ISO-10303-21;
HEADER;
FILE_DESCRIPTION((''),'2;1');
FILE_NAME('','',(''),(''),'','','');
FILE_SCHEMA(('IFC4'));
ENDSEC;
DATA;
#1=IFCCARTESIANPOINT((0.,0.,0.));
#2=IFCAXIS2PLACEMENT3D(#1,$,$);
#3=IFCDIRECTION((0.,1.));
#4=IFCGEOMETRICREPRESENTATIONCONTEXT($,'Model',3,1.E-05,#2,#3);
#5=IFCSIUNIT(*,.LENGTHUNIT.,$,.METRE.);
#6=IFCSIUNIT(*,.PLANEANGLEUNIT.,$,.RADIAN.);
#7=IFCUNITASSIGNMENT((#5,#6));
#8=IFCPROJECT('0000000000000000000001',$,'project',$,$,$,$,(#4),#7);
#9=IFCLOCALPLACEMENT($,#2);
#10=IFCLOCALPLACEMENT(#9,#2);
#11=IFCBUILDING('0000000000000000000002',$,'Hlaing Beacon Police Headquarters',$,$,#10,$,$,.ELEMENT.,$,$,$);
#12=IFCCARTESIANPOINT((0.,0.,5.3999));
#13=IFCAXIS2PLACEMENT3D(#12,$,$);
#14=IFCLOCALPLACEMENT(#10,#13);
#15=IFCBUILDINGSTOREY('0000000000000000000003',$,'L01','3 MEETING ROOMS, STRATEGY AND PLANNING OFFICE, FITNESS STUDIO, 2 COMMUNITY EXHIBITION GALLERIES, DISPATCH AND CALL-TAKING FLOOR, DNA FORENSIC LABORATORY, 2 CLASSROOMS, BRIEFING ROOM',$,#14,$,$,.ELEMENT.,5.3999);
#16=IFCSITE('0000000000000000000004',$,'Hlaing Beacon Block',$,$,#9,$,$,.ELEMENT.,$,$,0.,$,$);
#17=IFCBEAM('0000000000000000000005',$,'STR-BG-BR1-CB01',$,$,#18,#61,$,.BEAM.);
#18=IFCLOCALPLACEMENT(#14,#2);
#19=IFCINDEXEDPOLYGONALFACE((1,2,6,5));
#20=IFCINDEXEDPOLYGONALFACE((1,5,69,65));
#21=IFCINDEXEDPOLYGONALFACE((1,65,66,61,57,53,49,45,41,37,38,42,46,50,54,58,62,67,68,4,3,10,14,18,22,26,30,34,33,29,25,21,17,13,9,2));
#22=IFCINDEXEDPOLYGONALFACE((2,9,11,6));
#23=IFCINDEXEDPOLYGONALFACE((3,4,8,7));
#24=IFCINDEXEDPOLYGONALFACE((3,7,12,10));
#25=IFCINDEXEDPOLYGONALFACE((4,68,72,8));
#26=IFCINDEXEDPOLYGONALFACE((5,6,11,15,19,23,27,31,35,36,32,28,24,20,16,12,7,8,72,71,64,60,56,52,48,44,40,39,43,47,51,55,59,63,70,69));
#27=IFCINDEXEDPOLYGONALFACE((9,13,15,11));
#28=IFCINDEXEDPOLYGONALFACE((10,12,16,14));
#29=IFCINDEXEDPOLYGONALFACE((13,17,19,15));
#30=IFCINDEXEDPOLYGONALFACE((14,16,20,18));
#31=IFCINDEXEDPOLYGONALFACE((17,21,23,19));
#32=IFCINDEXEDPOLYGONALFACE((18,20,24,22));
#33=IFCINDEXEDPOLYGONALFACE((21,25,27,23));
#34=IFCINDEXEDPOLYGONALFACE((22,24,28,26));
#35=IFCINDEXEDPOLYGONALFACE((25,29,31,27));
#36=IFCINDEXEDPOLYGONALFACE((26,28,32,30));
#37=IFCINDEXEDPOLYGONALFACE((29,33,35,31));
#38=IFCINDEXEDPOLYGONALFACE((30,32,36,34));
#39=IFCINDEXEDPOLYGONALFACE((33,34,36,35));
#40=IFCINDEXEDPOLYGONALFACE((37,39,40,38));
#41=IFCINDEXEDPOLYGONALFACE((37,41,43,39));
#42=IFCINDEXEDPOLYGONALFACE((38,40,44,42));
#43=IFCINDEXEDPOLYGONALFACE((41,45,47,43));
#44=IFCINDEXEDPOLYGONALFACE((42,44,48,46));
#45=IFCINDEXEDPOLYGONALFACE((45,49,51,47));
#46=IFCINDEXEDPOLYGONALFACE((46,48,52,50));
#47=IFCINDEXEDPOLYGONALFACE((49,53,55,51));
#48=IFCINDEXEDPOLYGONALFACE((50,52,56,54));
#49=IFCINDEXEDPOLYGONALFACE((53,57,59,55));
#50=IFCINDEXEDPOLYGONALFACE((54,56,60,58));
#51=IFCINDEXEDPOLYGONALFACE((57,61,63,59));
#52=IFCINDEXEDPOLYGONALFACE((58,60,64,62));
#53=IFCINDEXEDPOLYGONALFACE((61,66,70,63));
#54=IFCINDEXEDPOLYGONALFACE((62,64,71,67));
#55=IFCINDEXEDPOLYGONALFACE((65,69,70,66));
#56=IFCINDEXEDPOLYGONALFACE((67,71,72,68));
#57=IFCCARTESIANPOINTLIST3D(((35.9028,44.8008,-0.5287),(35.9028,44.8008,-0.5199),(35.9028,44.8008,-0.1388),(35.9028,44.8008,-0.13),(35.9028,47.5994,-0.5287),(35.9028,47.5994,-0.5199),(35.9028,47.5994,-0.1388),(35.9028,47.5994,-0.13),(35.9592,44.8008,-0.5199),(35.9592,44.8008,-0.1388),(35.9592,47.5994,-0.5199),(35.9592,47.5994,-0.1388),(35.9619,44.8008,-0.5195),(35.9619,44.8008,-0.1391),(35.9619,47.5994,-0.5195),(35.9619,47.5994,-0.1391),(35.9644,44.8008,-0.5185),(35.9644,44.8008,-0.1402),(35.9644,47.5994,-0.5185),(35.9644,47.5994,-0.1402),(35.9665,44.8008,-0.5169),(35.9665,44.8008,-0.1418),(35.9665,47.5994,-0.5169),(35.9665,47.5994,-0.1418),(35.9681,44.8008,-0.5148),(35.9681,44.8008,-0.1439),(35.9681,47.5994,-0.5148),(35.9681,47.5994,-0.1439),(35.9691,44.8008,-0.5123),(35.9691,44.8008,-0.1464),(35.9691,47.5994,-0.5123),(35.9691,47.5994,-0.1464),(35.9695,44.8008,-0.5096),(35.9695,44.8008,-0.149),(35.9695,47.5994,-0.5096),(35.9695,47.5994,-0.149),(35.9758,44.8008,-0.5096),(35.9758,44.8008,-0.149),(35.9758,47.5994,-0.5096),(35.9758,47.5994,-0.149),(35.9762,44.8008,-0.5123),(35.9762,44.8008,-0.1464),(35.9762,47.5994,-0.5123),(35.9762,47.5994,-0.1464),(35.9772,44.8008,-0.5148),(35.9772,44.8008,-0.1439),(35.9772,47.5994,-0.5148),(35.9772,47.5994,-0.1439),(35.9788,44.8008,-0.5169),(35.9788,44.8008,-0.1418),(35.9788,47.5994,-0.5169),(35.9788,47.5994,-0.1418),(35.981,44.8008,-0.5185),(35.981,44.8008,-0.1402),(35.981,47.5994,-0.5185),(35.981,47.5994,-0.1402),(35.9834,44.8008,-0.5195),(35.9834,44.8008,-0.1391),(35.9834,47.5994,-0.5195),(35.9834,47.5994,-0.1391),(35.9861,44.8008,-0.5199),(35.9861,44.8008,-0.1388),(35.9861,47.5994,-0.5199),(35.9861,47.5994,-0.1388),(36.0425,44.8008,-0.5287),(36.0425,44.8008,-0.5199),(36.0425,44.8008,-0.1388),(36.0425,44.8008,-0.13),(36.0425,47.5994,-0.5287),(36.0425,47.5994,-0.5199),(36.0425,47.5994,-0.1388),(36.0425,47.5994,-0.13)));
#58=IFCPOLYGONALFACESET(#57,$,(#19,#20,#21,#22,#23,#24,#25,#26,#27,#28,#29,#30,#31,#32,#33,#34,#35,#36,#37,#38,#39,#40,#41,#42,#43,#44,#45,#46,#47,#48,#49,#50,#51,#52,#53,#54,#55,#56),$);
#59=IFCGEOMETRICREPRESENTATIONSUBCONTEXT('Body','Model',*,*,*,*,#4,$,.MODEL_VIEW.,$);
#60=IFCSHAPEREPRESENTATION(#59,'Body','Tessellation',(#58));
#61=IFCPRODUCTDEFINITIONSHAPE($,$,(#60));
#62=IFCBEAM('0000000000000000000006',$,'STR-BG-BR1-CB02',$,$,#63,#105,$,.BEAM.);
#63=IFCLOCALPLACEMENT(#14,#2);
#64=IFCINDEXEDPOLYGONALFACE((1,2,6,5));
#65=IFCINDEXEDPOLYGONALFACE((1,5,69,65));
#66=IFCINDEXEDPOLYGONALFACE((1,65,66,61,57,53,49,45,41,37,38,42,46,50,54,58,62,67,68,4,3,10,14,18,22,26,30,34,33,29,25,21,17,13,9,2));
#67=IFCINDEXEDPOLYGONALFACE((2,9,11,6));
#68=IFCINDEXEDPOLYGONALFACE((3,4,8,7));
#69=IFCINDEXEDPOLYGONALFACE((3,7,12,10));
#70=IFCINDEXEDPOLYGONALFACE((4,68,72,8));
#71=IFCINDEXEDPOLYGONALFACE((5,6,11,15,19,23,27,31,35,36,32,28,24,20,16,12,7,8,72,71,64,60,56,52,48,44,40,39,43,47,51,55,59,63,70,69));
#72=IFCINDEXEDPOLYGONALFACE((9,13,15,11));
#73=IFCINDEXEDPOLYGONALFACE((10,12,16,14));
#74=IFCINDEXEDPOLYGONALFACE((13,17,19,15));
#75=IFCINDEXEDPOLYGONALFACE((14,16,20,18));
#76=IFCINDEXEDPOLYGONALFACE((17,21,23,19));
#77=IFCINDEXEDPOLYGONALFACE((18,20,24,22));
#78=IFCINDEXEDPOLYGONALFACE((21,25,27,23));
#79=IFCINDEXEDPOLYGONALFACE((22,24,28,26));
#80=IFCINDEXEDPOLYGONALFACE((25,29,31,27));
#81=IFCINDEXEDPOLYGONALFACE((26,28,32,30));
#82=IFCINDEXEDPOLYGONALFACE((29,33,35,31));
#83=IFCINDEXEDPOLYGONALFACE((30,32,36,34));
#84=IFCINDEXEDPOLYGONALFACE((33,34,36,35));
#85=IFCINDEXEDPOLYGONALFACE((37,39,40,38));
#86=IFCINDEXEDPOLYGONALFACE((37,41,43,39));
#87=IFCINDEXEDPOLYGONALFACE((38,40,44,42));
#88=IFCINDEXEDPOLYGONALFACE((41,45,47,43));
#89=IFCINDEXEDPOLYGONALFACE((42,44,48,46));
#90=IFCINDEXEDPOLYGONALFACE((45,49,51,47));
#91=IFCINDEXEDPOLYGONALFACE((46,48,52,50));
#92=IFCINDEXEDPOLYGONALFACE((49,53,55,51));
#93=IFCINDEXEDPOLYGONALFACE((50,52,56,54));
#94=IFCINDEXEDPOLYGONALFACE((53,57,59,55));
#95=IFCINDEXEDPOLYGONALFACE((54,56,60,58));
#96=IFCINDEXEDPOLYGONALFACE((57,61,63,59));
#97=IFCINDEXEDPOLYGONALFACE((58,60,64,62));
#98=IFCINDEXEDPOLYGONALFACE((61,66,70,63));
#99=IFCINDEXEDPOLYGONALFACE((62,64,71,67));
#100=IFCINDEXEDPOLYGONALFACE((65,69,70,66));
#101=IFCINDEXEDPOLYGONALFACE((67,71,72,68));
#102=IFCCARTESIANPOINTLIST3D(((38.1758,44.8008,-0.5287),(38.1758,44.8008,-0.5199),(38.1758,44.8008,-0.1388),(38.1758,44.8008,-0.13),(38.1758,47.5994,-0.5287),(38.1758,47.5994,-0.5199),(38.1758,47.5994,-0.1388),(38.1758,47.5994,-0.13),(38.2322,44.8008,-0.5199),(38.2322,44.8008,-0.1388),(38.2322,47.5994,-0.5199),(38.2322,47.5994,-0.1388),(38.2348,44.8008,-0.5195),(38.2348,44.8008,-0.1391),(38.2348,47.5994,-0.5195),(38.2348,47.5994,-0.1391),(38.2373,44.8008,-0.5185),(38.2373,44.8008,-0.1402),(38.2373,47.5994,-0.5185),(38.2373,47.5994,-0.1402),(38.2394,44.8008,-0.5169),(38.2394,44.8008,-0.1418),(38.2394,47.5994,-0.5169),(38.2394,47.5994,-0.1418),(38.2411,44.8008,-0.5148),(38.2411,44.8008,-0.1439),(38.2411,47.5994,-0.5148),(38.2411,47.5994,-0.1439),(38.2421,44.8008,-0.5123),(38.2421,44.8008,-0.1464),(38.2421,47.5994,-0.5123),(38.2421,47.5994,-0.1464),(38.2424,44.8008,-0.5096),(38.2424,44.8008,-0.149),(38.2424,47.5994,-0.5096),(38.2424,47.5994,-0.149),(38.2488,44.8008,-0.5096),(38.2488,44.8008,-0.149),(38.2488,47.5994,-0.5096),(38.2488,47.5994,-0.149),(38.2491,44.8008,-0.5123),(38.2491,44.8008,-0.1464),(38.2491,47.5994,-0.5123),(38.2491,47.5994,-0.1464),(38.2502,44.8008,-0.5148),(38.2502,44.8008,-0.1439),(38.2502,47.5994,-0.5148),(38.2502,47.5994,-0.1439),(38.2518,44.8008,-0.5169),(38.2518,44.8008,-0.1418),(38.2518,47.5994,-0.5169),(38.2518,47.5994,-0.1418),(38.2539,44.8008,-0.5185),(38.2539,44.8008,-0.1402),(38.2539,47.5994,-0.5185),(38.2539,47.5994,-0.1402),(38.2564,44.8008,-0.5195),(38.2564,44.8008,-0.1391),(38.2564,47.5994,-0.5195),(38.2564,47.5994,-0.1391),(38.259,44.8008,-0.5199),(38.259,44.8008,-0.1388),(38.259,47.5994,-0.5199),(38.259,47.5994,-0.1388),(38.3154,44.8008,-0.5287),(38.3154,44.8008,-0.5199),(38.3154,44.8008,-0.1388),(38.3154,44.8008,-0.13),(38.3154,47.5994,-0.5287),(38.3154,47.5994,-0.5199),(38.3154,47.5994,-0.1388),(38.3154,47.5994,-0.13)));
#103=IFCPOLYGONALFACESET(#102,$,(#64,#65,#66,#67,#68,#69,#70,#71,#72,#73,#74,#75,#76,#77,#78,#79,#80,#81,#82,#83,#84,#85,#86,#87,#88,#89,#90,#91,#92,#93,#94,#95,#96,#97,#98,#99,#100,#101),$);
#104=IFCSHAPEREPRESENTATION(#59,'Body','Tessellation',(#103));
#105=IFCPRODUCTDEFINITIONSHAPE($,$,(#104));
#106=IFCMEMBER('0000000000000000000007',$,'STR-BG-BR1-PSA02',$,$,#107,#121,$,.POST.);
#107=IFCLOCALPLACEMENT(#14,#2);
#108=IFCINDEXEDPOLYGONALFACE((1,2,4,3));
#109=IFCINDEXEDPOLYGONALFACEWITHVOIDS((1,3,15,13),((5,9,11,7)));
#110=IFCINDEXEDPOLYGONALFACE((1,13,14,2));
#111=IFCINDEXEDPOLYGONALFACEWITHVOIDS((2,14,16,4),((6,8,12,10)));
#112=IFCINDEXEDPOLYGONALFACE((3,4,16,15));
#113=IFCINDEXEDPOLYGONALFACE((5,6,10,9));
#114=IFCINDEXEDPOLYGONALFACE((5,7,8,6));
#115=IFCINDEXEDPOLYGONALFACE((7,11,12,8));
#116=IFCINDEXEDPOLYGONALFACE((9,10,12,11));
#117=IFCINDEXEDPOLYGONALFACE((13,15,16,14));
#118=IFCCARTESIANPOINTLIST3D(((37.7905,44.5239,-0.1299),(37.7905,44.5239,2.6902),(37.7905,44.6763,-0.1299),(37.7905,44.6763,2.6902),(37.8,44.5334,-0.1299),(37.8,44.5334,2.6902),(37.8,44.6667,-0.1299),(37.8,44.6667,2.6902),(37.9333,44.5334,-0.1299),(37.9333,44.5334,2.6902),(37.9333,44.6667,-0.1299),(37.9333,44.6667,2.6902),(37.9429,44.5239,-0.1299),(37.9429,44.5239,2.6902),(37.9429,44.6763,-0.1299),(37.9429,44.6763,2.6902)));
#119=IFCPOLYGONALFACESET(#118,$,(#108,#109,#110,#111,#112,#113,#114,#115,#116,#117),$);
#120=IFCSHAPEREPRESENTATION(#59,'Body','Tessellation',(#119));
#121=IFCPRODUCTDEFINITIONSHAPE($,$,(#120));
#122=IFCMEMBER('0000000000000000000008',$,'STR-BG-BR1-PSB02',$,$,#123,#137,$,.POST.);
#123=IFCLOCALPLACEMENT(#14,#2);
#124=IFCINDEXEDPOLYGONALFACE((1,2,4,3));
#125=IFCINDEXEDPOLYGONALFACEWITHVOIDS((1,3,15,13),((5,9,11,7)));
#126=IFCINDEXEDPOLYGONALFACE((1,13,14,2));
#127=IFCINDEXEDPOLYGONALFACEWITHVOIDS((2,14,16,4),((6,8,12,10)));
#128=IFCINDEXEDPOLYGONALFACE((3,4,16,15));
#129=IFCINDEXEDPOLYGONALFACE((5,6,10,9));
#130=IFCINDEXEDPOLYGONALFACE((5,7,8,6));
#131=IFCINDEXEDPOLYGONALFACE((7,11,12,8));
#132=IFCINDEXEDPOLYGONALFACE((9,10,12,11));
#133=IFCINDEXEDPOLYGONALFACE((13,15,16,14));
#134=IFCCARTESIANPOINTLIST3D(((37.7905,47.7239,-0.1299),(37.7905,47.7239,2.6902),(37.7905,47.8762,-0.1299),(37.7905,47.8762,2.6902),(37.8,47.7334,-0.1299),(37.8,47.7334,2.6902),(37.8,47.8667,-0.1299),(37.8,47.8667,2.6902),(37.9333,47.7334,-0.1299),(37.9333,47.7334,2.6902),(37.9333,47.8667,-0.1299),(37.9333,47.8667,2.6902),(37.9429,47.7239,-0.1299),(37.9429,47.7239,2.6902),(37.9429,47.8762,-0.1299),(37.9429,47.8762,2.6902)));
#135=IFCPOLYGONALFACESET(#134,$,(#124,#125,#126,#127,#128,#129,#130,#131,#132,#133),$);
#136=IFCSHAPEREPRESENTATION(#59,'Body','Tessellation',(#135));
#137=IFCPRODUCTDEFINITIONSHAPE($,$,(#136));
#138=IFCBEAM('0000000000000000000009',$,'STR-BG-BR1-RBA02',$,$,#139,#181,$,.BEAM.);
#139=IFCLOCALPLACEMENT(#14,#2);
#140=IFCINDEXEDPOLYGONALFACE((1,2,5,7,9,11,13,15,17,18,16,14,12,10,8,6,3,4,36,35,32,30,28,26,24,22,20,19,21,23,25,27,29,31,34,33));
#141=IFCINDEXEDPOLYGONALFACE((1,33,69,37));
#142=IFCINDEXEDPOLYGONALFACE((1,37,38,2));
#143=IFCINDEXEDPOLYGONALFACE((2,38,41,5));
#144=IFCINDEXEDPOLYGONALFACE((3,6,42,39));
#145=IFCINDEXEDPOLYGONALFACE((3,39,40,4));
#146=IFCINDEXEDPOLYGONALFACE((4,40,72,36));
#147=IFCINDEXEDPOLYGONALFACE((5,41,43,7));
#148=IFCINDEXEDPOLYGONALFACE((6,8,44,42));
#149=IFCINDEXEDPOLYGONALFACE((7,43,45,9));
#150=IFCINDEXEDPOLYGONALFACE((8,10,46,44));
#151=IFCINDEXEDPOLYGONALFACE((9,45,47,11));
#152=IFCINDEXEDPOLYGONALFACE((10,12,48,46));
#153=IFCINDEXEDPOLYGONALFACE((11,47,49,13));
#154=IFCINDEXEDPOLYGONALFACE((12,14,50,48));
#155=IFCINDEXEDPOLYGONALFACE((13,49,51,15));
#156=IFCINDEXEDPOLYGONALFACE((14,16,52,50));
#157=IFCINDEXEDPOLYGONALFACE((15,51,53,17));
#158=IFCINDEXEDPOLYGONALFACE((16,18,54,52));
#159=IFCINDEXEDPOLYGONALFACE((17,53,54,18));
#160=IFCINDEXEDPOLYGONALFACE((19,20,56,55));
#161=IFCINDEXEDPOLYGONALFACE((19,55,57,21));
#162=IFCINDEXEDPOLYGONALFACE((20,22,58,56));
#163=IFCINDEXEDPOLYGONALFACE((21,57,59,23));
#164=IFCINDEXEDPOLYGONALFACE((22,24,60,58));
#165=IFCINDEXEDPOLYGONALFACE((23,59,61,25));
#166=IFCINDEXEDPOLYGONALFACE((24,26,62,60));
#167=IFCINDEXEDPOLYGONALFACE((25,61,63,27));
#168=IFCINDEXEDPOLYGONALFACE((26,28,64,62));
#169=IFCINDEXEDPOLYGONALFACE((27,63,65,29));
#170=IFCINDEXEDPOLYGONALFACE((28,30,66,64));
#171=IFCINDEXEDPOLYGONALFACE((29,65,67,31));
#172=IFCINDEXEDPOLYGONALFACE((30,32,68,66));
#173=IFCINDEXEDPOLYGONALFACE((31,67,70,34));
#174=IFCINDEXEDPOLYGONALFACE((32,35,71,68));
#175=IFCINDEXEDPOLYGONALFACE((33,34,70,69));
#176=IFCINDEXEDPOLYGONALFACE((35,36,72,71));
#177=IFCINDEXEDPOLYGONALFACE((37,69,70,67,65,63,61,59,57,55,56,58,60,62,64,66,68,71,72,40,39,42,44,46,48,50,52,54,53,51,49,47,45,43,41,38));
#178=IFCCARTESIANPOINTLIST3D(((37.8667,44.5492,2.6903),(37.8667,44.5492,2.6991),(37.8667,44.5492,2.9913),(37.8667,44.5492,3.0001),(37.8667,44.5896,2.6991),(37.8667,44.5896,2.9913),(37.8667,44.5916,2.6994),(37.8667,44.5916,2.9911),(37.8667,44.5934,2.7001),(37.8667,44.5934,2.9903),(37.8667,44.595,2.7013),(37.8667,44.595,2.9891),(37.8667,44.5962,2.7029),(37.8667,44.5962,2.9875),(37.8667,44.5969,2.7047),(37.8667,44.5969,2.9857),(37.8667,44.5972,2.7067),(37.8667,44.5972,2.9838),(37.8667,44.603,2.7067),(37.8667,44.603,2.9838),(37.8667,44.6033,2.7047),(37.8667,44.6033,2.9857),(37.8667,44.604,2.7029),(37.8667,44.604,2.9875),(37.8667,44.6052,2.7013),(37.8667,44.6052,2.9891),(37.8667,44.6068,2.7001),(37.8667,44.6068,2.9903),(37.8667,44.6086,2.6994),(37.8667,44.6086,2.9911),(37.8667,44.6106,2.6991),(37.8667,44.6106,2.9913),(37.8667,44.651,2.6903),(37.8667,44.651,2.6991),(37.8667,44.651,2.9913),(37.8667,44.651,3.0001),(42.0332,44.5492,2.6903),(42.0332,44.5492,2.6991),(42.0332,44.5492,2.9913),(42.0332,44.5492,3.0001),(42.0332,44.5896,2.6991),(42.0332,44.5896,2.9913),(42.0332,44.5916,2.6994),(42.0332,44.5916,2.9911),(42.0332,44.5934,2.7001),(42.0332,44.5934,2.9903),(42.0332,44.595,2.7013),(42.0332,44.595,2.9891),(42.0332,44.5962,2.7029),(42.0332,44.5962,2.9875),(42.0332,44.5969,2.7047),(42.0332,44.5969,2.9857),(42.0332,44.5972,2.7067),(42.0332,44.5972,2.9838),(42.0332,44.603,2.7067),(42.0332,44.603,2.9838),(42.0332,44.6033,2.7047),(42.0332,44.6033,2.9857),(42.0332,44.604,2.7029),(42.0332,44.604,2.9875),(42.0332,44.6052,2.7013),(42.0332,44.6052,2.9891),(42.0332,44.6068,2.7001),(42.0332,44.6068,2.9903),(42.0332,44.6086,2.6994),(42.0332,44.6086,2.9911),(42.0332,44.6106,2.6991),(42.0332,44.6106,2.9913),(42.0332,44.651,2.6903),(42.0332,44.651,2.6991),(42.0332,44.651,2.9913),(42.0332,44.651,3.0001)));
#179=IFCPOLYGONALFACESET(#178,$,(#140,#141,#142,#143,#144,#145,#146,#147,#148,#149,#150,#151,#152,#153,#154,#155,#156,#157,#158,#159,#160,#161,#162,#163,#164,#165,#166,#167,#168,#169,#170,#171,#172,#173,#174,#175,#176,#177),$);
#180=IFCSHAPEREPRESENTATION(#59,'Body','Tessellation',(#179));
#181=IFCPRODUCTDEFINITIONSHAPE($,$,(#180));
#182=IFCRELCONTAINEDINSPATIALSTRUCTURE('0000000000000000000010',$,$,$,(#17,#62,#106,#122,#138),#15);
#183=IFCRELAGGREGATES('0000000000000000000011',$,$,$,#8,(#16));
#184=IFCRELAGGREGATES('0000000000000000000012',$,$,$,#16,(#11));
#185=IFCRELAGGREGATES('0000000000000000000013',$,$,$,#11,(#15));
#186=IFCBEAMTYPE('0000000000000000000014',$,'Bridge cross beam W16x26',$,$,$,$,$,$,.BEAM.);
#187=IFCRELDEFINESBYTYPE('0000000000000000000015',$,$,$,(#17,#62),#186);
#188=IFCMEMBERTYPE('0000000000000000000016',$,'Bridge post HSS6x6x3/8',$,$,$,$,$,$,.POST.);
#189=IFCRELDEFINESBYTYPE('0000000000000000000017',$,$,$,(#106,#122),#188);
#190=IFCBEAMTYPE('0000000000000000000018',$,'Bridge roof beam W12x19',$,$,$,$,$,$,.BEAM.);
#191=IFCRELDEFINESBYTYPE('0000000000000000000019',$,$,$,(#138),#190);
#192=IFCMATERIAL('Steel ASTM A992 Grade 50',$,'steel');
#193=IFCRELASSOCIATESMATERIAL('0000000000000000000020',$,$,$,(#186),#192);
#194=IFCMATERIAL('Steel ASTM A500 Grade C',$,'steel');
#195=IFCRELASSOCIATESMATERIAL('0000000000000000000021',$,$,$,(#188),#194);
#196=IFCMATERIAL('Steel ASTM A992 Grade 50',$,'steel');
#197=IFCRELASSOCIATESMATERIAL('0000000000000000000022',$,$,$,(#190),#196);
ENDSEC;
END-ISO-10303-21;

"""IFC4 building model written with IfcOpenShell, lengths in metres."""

from ifc_helpers import new_model, si_unit, direction, frame, origin, origin_2d, place, context, subcontext, project, spatial, hollow_rectangle, i_section, extrude, material, material_profile, profile_set, type_object, element, save


model = new_model("IFC4")

# Units and contexts
model_context = context("Model", 3, precision=1e-05, world=origin(), true_north=direction((0.0, 1.0)))
body_context = subcontext(model_context, "Body", "Model", "MODEL_VIEW")
ifc_project = project(units=[si_unit("LENGTHUNIT", "METRE"), si_unit("PLANEANGLEUNIT", "RADIAN")], contexts=[model_context])

# Site, building, storey
site_placement = place(None, origin())
site = spatial("IfcSite", under=ifc_project, at=site_placement, Name="Hlaing Beacon Block", CompositionType="ELEMENT", RefElevation=0.0)
building_placement = place(site_placement, origin())
building = spatial("IfcBuilding", under=site, at=building_placement, Name="Hlaing Beacon Police Headquarters", CompositionType="ELEMENT")
storey_placement = place(building_placement, frame((0.0, 0.0, 5.3999)))
storey = spatial("IfcBuildingStorey", under=building, at=storey_placement, Name="L01", Description="3 MEETING ROOMS, STRATEGY AND PLANNING OFFICE, FITNESS STUDIO, 2 COMMUNITY EXHIBITION GALLERIES, DISPATCH AND CALL-TAKING FLOOR, DNA FORENSIC LABORATORY, 2 CLASSROOMS, BRIEFING ROOM", CompositionType="ELEMENT", Elevation=5.3999)

# Beams
ifc_material_1 = material(Name="Steel ASTM A992 Grade 50", Category="steel")
ifc_material_profile_1 = material_profile(ifc_material_1, i_section(OverallWidth=0.1396, OverallDepth=0.3987, WebThickness=0.0063, FlangeThickness=0.0088, FilletRadius=0.0103, at=origin_2d()), Name="W16x26")
ifc_profile_set_1 = profile_set([ifc_material_profile_1], Name="Steel ASTM A992 Grade 50")
beam_type_1 = type_object("IfcBeamType", Name="Bridge cross beam W16x26", PredefinedType="BEAM", material=ifc_profile_set_1)
for number, where, z_axis, x_axis, name in (
    (1, (35.9727, 44.8008, -0.3293), (0.0, 1.0, 0.0), (-1.0, 0.0, 0.0), "STR-BG-BR1-CB01"),
    (2, (38.2456, 44.8008, -0.3293), (0.0, 1.0, 0.0), (-1.0, 0.0, 0.0), "STR-BG-BR1-CB02"),
):
    element("IfcBeam", number, at=place(storey_placement, frame(where, z_axis=z_axis, x_axis=x_axis)), inside=storey, type_object=beam_type_1, Name=name, PredefinedType="BEAM", context=body_context, shape_type="SweptSolid", body=[
        extrude(i_section(OverallWidth=0.1396, OverallDepth=0.3987, WebThickness=0.0063, FlangeThickness=0.0088, FilletRadius=0.0103, at=origin_2d()), origin(), (0.0, 0.0, 1.0), 2.7986),
    ])

# Members
ifc_material_2 = material(Name="Steel ASTM A500 Grade C", Category="steel")
ifc_material_profile_2 = material_profile(ifc_material_2, hollow_rectangle(XDim=0.1523, YDim=0.1523, WallThickness=0.0095, at=origin_2d()), Name="HSS6x6x3/8")
ifc_profile_set_2 = profile_set([ifc_material_profile_2], Name="Steel ASTM A500 Grade C")
member_type_1 = type_object("IfcMemberType", Name="Bridge post HSS6x6x3/8", PredefinedType="POST", material=ifc_profile_set_2)
for number, where, z_axis, x_axis, name in (
    (3, (37.8667, 44.6001, -0.1299), (0.0, 0.0, 1.0), (1.0, 0.0, 0.0), "STR-BG-BR1-PSA02"),
    (4, (37.8667, 47.8, -0.1299), (0.0, 0.0, 1.0), (1.0, 0.0, 0.0), "STR-BG-BR1-PSB02"),
):
    element("IfcMember", number, at=place(storey_placement, frame(where, z_axis=z_axis, x_axis=x_axis)), inside=storey, type_object=member_type_1, Name=name, PredefinedType="POST", context=body_context, shape_type="SweptSolid", body=[
        extrude(hollow_rectangle(XDim=0.1523, YDim=0.1523, WallThickness=0.0095, at=origin_2d()), origin(), (0.0, 0.0, 1.0), 2.8201),
    ])

# Beam
ifc_material_3 = material(Name="Steel ASTM A992 Grade 50", Category="steel")
ifc_material_profile_3 = material_profile(ifc_material_3, i_section(OverallWidth=0.1018, OverallDepth=0.3098, WebThickness=0.0059, FlangeThickness=0.0088, FilletRadius=0.0076, at=origin_2d()), Name="W12x19")
ifc_profile_set_3 = profile_set([ifc_material_profile_3], Name="Steel ASTM A992 Grade 50")
beam_type_2 = type_object("IfcBeamType", Name="Bridge roof beam W12x19", PredefinedType="BEAM", material=ifc_profile_set_3)
for number, where, z_axis, x_axis, name in (
    (5, (37.8667, 44.6001, 2.8452), (1.0, 0.0, 0.0), (0.0, 1.0, 0.0), "STR-BG-BR1-RBA02"),
):
    element("IfcBeam", number, at=place(storey_placement, frame(where, z_axis=z_axis, x_axis=x_axis)), inside=storey, type_object=beam_type_2, Name=name, PredefinedType="BEAM", context=body_context, shape_type="SweptSolid", body=[
        extrude(i_section(OverallWidth=0.1018, OverallDepth=0.3098, WebThickness=0.0059, FlangeThickness=0.0088, FilletRadius=0.0076, at=origin_2d()), origin(), (0.0, 0.0, 1.0), 4.1665),
    ])

save(model, "model.ifc")
